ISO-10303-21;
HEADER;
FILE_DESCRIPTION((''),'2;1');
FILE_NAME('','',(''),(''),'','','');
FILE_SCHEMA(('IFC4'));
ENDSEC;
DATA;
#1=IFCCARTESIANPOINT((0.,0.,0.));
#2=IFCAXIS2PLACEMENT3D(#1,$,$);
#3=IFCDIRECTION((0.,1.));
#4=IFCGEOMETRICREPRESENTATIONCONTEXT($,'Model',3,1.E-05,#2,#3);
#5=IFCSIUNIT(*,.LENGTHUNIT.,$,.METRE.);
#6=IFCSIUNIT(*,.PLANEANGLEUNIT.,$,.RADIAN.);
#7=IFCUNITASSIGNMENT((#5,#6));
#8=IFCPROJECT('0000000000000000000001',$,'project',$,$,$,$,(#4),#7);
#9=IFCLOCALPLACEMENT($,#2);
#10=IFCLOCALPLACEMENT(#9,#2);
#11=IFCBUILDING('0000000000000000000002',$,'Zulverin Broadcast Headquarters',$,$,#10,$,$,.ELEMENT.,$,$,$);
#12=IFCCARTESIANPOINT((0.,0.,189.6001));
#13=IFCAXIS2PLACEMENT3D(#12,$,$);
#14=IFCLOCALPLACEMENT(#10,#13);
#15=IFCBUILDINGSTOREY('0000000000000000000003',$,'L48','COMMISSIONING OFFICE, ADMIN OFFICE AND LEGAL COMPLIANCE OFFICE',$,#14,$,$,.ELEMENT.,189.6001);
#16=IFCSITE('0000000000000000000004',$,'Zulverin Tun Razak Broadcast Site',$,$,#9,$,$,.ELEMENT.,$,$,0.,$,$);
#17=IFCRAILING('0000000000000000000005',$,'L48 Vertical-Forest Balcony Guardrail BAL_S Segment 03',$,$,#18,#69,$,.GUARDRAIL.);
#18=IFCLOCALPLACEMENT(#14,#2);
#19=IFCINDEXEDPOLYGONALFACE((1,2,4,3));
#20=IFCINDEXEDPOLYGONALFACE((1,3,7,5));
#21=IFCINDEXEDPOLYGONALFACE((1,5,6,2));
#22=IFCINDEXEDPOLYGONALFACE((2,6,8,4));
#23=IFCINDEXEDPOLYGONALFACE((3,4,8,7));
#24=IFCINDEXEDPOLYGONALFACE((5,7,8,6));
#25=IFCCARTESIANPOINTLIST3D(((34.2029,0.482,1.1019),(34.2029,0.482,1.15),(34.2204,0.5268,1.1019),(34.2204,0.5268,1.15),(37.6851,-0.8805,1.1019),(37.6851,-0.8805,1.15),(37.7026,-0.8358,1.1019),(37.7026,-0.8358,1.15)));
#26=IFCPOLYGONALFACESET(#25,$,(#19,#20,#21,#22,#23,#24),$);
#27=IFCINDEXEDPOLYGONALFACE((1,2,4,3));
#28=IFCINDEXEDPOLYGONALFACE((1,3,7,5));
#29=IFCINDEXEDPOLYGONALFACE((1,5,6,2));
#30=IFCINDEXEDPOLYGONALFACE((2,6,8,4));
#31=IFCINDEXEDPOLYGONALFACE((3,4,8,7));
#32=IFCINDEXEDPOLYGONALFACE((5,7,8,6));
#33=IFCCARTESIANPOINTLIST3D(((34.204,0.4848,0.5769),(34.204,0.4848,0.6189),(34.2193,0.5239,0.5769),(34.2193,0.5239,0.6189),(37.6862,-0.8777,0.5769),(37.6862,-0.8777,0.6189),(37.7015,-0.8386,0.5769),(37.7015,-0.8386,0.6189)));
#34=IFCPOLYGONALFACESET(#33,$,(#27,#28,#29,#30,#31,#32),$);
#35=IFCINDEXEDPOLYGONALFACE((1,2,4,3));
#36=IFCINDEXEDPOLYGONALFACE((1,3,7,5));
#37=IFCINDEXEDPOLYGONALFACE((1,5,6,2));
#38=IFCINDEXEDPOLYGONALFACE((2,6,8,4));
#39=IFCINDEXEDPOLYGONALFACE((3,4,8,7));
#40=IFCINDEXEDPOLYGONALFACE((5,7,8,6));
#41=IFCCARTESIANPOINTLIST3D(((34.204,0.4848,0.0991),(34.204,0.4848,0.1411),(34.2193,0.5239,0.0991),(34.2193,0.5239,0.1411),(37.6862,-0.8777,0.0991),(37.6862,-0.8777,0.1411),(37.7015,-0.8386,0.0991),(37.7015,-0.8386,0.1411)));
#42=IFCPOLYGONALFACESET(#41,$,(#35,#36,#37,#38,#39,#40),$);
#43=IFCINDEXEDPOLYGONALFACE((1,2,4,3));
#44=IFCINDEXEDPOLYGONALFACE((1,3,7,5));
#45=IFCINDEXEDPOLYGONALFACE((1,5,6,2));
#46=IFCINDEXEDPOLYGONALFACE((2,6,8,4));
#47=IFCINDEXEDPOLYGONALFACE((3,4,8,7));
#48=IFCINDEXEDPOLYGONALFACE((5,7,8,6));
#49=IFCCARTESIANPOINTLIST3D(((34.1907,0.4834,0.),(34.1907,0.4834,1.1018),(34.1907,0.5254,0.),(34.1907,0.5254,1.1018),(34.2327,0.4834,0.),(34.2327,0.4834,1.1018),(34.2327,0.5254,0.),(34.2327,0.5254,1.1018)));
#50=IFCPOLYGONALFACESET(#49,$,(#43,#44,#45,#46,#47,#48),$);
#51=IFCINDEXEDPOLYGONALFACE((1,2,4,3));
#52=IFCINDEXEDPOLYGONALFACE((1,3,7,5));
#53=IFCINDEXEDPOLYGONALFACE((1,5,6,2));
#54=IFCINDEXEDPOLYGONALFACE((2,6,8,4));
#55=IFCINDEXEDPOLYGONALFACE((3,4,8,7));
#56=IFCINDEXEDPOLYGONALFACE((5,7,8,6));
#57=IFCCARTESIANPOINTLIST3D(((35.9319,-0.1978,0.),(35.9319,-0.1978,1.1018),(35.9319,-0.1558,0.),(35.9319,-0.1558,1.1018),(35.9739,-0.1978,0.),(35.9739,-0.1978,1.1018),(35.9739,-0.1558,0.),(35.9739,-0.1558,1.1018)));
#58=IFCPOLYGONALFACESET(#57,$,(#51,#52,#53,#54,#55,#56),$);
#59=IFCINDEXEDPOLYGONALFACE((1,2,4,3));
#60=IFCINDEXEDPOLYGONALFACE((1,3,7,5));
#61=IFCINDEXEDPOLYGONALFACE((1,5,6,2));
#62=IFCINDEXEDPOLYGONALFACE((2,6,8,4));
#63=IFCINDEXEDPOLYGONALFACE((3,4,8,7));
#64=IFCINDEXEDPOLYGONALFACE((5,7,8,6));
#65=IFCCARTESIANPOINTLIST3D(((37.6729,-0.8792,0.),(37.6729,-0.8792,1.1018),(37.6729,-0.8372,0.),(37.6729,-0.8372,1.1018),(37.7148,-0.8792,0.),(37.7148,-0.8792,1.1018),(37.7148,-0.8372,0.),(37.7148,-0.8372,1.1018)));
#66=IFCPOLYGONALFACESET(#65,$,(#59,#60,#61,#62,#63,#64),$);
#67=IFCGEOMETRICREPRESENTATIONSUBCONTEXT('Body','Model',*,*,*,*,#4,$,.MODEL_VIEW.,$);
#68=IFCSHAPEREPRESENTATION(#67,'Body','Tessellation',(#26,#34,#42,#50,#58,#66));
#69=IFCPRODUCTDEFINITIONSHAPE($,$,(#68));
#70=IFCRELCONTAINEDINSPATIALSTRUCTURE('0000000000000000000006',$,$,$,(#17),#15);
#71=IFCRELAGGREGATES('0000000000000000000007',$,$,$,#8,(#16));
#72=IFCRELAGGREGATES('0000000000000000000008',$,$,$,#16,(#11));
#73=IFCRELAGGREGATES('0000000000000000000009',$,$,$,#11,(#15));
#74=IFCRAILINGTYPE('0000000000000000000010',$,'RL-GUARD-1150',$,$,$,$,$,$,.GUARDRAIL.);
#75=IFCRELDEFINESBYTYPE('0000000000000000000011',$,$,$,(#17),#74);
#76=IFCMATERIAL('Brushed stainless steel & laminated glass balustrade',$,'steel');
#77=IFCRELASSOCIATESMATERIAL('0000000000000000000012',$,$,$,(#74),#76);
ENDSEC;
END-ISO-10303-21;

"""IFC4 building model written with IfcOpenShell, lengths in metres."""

from ifc_helpers import new_model, si_unit, direction, frame, origin, origin_2d, place, context, subcontext, project, spatial, rectangle, extrude, material, type_object, element, save


model = new_model("IFC4")

# Units and contexts
model_context = context("Model", 3, precision=1e-05, world=origin(), true_north=direction((0.0, 1.0)))
body_context = subcontext(model_context, "Body", "Model", "MODEL_VIEW")
ifc_project = project(units=[si_unit("LENGTHUNIT", "METRE"), si_unit("PLANEANGLEUNIT", "RADIAN")], contexts=[model_context])

# Site, building, storey
site_placement = place(None, origin())
site = spatial("IfcSite", under=ifc_project, at=site_placement, Name="Zulverin Tun Razak Broadcast Site", CompositionType="ELEMENT", RefElevation=0.0)
building_placement = place(site_placement, origin())
building = spatial("IfcBuilding", under=site, at=building_placement, Name="Zulverin Broadcast Headquarters", CompositionType="ELEMENT")
storey_placement = place(building_placement, frame((0.0, 0.0, 189.6001)))
storey = spatial("IfcBuildingStorey", under=building, at=storey_placement, Name="L48", Description="COMMISSIONING OFFICE, ADMIN OFFICE AND LEGAL COMPLIANCE OFFICE", CompositionType="ELEMENT", Elevation=189.6001)

# Railing
ifc_material_1 = material(Name="Brushed stainless steel & laminated glass balustrade", Category="steel")
railing_type = type_object("IfcRailingType", Name="RL-GUARD-1150", PredefinedType="GUARDRAIL", material=ifc_material_1)
railing_1_placement = place(storey_placement, frame((34.2117, 0.5044, 0.0)))
element("IfcRailing", 1, at=railing_1_placement, inside=storey, type_object=railing_type, Name="L48 Vertical-Forest Balcony Guardrail BAL_S Segment 03", PredefinedType="GUARDRAIL", context=body_context, shape_type="SweptSolid", body=[
    extrude(rectangle(XDim=0.0481, YDim=0.0481, at=origin_2d()), frame((0.0, 0.0, 1.126), z_axis=(0.931247, -0.36439, 0.0), x_axis=(0.36439, 0.931247, 0.0)), (0.0, 0.0, 1.0), 3.7393),
    extrude(rectangle(XDim=0.042, YDim=0.042, at=origin_2d()), frame((0.0, 0.0, 0.5979), z_axis=(0.931247, -0.36439, 0.0), x_axis=(0.36439, 0.931247, 0.0)), (0.0, 0.0, 1.0), 3.7393),
    extrude(rectangle(XDim=0.042, YDim=0.042, at=origin_2d()), frame((0.0, 0.0, 0.1201), z_axis=(0.931247, -0.36439, 0.0), x_axis=(0.36439, 0.931247, 0.0)), (0.0, 0.0, 1.0), 3.7393),
    extrude(rectangle(XDim=0.042, YDim=0.042, at=origin_2d()), origin(), (0.0, 0.0, 1.0), 1.1018),
    extrude(rectangle(XDim=0.042, YDim=0.042, at=origin_2d()), frame((1.7412, -0.6812, 0.0)), (0.0, 0.0, 1.0), 1.1018),
    extrude(rectangle(XDim=0.042, YDim=0.042, at=origin_2d()), frame((3.4822, -1.3625, 0.0)), (0.0, 0.0, 1.0), 1.1018),
])

save(model, "model.ifc")
